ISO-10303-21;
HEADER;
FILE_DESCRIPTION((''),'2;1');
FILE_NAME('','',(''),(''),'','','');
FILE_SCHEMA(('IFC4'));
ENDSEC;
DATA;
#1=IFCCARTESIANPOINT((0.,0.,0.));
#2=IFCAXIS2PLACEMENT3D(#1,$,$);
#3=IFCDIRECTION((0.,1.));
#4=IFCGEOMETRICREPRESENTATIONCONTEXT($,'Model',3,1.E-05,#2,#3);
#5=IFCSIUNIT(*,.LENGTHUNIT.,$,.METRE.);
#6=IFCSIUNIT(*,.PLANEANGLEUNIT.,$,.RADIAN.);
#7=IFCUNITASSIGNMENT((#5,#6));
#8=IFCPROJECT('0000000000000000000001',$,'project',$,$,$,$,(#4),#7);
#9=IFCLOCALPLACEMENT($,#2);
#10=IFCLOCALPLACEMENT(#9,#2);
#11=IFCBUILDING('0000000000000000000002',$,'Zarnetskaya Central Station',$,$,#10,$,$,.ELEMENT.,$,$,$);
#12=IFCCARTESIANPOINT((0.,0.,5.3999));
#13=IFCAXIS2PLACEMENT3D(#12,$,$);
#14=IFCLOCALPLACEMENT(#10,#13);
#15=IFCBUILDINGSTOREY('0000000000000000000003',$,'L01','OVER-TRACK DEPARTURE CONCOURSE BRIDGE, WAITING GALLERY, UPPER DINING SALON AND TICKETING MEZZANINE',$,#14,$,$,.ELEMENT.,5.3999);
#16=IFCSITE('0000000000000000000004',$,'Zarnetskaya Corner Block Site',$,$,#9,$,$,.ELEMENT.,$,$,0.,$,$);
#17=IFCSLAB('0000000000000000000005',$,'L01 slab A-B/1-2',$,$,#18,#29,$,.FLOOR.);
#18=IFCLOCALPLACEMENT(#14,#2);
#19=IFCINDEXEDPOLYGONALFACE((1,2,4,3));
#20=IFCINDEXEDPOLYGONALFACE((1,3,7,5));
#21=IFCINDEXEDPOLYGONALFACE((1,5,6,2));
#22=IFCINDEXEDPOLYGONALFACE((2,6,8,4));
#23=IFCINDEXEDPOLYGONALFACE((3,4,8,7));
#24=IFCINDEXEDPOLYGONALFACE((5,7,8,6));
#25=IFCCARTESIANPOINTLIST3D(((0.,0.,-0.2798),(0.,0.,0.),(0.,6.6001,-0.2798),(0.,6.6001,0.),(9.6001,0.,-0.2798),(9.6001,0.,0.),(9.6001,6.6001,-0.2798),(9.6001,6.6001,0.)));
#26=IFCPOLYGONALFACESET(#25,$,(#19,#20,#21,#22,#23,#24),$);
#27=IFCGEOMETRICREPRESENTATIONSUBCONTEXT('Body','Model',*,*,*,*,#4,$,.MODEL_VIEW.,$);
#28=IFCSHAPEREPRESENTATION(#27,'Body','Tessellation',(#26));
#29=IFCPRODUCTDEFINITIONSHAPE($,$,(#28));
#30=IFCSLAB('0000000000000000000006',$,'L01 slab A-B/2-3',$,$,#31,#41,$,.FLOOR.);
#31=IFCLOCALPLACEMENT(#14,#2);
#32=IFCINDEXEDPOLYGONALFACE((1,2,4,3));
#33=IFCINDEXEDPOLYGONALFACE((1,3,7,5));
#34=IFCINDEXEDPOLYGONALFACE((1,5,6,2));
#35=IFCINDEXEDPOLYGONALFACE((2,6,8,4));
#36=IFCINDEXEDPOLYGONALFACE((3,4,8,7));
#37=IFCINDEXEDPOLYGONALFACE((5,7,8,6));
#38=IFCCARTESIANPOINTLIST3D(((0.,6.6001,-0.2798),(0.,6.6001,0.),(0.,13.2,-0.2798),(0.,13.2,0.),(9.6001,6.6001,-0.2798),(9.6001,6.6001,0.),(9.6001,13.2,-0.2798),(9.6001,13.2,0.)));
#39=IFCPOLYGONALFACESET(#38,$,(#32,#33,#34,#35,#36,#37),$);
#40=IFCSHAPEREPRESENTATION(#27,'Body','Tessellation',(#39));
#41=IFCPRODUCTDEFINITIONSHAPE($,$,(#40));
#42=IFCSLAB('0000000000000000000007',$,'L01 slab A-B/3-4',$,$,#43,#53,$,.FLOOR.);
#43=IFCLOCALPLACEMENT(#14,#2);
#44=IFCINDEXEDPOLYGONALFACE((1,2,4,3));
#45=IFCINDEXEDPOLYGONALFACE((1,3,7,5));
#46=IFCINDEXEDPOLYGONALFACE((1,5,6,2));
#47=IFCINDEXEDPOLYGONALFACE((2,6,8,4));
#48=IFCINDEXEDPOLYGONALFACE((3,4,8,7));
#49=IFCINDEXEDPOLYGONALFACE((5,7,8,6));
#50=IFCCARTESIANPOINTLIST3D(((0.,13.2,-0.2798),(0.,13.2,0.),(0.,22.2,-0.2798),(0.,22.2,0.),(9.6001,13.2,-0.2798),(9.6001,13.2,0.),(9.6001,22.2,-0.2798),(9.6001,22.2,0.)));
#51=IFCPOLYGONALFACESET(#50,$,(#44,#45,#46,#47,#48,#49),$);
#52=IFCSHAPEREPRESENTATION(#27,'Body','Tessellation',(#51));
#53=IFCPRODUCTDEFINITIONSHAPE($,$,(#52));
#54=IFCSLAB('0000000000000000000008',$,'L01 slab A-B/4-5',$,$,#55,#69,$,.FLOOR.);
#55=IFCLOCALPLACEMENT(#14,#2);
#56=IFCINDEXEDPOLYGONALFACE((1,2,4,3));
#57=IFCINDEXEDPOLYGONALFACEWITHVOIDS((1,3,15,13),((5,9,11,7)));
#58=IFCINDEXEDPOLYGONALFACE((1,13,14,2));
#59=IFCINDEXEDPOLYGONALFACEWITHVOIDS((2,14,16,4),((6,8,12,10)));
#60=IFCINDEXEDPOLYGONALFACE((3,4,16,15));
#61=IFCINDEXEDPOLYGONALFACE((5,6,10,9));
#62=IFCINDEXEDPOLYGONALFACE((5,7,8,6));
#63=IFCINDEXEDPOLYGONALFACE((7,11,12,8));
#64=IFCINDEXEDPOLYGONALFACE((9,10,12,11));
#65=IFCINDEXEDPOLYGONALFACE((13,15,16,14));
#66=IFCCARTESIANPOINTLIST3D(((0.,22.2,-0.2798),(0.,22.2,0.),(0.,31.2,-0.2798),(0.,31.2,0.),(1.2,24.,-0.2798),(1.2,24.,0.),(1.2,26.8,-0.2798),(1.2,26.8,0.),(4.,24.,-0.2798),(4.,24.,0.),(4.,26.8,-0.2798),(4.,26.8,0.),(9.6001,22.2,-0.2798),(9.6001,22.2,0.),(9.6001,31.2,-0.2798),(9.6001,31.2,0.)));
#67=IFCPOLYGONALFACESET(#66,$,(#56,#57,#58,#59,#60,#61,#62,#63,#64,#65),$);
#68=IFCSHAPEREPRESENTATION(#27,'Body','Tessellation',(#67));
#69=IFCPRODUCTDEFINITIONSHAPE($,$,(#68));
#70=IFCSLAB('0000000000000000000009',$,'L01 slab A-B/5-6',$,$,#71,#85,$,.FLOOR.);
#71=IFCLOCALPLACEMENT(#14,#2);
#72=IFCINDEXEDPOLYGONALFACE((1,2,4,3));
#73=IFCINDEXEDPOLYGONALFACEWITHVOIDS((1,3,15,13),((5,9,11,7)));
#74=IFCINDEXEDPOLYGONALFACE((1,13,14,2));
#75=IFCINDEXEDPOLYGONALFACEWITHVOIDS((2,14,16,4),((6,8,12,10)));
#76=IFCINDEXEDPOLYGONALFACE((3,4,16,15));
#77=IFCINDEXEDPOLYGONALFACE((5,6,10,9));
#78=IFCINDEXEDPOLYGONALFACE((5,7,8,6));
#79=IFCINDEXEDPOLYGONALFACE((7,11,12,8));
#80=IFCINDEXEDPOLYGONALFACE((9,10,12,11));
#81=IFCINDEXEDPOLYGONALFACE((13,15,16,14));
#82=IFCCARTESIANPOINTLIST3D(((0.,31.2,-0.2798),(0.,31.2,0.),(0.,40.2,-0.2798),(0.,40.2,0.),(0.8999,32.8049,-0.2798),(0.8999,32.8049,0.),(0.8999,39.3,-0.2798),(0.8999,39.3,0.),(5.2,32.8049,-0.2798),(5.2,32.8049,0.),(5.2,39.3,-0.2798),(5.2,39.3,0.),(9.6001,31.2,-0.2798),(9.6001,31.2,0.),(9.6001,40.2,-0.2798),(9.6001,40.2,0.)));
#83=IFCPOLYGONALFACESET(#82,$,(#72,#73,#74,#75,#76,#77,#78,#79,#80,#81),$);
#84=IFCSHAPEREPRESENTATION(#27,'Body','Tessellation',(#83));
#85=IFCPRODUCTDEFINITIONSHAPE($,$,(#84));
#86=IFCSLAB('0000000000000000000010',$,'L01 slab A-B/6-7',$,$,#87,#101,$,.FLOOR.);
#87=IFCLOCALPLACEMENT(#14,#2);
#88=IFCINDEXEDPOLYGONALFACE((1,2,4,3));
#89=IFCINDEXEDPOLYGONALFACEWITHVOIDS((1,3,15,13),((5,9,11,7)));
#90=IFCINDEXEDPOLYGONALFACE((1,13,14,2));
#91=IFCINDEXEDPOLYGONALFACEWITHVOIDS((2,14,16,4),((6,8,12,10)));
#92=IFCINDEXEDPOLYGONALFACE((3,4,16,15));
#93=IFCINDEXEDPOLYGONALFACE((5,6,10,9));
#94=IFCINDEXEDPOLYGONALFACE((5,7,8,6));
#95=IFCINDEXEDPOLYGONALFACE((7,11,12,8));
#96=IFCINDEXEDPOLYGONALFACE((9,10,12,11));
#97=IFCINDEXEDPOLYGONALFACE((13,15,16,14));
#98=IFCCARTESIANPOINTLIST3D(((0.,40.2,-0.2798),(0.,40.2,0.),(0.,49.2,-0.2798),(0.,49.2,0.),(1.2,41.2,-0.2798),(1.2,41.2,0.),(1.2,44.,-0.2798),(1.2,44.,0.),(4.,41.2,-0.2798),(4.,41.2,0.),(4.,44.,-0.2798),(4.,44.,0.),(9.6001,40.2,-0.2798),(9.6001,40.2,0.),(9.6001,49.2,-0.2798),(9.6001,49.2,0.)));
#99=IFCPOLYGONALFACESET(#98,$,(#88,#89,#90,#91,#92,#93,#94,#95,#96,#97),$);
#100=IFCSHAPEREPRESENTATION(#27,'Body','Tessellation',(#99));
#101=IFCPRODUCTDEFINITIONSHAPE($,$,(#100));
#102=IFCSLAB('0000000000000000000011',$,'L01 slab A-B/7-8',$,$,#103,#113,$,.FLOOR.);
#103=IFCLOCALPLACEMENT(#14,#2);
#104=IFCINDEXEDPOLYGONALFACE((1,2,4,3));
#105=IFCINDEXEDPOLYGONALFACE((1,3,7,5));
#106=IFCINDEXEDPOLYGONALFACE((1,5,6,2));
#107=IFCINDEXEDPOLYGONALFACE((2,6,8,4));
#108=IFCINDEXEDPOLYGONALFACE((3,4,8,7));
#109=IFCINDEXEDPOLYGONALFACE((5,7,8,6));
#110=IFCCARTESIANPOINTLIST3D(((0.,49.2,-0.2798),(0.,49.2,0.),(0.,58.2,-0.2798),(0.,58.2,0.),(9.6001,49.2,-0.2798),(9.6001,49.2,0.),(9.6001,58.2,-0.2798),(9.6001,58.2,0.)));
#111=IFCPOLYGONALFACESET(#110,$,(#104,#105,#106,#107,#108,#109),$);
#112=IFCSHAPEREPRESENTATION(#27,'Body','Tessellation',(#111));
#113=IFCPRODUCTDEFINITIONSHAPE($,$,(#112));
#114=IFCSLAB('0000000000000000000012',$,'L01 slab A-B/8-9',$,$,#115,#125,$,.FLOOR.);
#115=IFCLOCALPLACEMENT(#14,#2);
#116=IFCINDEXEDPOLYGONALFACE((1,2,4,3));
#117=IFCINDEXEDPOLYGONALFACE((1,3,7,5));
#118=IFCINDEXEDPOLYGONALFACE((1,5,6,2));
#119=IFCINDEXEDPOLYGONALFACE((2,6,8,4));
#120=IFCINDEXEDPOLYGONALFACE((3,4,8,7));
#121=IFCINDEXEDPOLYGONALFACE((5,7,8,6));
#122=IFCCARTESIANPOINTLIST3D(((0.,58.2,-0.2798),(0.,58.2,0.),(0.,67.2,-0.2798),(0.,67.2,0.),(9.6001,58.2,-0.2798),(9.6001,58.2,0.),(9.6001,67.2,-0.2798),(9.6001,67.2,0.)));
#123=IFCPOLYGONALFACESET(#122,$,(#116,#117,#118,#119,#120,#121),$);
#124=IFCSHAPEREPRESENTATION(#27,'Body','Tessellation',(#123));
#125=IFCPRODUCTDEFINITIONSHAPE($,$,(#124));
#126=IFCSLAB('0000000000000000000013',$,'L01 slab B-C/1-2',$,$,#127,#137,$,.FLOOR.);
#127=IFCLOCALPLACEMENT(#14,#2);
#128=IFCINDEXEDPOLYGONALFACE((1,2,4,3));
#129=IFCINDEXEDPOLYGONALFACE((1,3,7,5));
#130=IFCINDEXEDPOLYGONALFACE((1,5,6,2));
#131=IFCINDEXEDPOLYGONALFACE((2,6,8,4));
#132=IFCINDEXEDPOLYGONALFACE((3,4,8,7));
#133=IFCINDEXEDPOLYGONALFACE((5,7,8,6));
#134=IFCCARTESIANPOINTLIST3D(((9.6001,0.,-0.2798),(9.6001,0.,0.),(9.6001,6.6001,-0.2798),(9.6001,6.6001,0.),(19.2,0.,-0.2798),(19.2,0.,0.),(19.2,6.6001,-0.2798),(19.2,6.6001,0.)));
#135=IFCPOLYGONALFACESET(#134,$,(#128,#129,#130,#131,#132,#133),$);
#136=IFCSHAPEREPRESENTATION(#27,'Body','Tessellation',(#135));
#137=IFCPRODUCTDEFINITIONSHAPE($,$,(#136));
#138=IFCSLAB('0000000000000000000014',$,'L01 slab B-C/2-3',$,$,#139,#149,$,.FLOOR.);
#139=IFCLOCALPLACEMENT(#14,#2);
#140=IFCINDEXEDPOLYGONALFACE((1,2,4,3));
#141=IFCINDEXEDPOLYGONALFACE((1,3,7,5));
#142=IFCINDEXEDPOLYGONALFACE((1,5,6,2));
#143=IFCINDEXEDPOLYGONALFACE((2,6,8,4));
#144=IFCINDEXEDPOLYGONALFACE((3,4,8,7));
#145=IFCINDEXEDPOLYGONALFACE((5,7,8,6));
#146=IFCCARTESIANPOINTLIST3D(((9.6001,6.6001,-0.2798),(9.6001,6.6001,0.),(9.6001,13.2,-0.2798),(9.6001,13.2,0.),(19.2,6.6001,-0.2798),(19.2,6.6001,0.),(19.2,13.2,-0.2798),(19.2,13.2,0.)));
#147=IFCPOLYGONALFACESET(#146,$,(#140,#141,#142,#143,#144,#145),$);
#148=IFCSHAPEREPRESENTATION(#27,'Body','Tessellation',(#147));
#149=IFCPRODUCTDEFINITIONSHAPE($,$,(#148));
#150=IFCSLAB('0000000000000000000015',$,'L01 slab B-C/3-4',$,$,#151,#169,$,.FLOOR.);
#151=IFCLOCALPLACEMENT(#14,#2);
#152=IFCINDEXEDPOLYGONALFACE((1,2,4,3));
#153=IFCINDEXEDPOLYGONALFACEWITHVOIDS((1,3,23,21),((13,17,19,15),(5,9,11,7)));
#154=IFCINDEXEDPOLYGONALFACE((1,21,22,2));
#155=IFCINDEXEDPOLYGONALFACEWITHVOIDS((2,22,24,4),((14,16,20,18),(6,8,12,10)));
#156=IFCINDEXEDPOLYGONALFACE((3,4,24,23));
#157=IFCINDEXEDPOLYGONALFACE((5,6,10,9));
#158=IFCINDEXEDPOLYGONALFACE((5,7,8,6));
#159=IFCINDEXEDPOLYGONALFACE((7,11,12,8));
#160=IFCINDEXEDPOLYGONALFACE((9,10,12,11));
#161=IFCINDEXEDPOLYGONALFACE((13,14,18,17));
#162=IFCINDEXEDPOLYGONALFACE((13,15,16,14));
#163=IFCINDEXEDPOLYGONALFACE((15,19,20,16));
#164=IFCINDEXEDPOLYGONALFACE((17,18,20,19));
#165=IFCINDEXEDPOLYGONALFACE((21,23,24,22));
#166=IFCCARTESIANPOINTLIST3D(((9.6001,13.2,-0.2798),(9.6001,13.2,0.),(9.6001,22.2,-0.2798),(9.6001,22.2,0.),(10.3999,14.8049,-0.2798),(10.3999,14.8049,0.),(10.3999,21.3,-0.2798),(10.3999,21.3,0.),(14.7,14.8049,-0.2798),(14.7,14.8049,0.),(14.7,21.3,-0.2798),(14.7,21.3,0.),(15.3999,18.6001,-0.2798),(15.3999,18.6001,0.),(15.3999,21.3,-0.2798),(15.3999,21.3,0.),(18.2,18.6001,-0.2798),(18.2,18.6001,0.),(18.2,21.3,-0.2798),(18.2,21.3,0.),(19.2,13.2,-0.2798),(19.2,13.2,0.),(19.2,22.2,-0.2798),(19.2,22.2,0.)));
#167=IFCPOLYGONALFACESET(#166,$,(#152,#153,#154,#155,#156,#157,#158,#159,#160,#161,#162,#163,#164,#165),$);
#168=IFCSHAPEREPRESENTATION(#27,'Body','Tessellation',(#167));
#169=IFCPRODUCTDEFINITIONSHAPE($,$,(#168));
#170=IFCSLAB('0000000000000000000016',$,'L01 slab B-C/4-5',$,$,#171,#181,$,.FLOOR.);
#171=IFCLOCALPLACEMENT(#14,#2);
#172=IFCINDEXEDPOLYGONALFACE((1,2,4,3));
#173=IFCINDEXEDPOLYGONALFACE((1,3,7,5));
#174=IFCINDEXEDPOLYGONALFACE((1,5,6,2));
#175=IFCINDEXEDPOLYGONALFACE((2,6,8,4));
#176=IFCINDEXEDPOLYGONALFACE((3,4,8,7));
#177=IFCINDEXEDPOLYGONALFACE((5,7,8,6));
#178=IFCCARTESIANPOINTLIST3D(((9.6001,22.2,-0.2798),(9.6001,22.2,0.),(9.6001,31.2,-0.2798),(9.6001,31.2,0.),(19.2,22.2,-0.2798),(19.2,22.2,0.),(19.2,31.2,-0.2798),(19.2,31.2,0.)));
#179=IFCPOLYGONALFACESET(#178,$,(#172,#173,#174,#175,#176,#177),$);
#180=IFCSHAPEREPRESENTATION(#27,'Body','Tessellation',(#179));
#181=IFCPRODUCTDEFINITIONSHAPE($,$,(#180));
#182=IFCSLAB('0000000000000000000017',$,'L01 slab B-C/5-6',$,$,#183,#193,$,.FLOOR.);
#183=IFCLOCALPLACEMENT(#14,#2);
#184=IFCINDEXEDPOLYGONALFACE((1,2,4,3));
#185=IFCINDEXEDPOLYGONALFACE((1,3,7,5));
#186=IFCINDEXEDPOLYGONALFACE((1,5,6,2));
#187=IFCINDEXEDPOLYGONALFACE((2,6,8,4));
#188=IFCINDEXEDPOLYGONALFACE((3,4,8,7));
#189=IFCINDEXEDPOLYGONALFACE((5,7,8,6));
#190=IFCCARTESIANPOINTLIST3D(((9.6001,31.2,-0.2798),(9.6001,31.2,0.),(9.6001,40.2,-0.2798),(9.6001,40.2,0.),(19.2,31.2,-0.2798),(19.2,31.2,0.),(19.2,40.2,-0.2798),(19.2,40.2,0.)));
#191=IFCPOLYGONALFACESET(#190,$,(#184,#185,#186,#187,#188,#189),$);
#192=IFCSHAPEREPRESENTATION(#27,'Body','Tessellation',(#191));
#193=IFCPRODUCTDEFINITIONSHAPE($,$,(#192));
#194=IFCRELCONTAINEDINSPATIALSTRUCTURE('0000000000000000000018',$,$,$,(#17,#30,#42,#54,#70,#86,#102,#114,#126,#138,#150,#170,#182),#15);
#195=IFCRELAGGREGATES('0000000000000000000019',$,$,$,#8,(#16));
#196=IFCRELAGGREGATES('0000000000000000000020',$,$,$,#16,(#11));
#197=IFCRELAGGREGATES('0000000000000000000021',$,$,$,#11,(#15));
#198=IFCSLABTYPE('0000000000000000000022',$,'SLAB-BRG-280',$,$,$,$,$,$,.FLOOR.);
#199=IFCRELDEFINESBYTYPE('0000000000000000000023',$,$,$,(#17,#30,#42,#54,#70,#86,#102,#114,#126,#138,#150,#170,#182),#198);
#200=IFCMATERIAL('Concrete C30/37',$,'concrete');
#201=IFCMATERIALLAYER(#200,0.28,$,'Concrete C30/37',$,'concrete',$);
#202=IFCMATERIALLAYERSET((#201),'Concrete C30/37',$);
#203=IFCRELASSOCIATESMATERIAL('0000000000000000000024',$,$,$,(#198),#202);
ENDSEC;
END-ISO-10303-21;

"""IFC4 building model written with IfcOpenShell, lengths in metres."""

from ifc_helpers import new_model, si_unit, direction, frame, origin, place, context, subcontext, project, spatial, polyline, outline, extrude, material, layer, layer_set, type_object, element, save


model = new_model("IFC4")

# Units and contexts
model_context = context("Model", 3, precision=1e-05, world=origin(), true_north=direction((0.0, 1.0)))
body_context = subcontext(model_context, "Body", "Model", "MODEL_VIEW")
ifc_project = project(units=[si_unit("LENGTHUNIT", "METRE"), si_unit("PLANEANGLEUNIT", "RADIAN")], contexts=[model_context])

# Site, building, storey
site_placement = place(None, origin())
site = spatial("IfcSite", under=ifc_project, at=site_placement, Name="Zarnetskaya Corner Block Site", CompositionType="ELEMENT", RefElevation=0.0)
building_placement = place(site_placement, origin())
building = spatial("IfcBuilding", under=site, at=building_placement, Name="Zarnetskaya Central Station", CompositionType="ELEMENT")
storey_placement = place(building_placement, frame((0.0, 0.0, 5.3999)))
storey = spatial("IfcBuildingStorey", under=building, at=storey_placement, Name="L01", Description="OVER-TRACK DEPARTURE CONCOURSE BRIDGE, WAITING GALLERY, UPPER DINING SALON AND TICKETING MEZZANINE", CompositionType="ELEMENT", Elevation=5.3999)

# Slabs
ifc_material = material(Name="Concrete C30/37", Category="concrete")
ifc_layer = layer(ifc_material, 0.28, Name="Concrete C30/37", Category="concrete")
ifc_layer_set = layer_set([ifc_layer], Name="Concrete C30/37")
slab_type = type_object("IfcSlabType", Name="SLAB-BRG-280", PredefinedType="FLOOR", material=ifc_layer_set)
slab_1_placement = place(storey_placement, frame((0.0, 0.0, -0.2798)))
element("IfcSlab", 1, at=slab_1_placement, inside=storey, type_object=slab_type, Name="L01 slab A-B/1-2", PredefinedType="FLOOR", context=body_context, shape_type="SweptSolid", body=[
    extrude(outline(polyline([(0.0, 0.0), (9.6001, 0.0), (9.6001, 6.6001), (0.0, 6.6001), (0.0, 0.0)])), origin(), (0.0, 0.0, 1.0), 0.2798),
])
slab_2_placement = place(storey_placement, frame((0.0, 0.0, -0.2798)))
element("IfcSlab", 2, at=slab_2_placement, inside=storey, type_object=slab_type, Name="L01 slab A-B/2-3", PredefinedType="FLOOR", context=body_context, shape_type="SweptSolid", body=[
    extrude(outline(polyline([(0.0, 6.6001), (9.6001, 6.6001), (9.6001, 13.2), (0.0, 13.2), (0.0, 6.6001)])), origin(), (0.0, 0.0, 1.0), 0.2798),
])
slab_3_placement = place(storey_placement, frame((0.0, 0.0, -0.2798)))
element("IfcSlab", 3, at=slab_3_placement, inside=storey, type_object=slab_type, Name="L01 slab A-B/3-4", PredefinedType="FLOOR", context=body_context, shape_type="SweptSolid", body=[
    extrude(outline(polyline([(0.0, 13.2), (9.6001, 13.2), (9.6001, 22.2), (0.0, 22.2), (0.0, 13.2)])), origin(), (0.0, 0.0, 1.0), 0.2798),
])
slab_4_placement = place(storey_placement, frame((0.0, 0.0, -0.2798)))
element("IfcSlab", 4, at=slab_4_placement, inside=storey, type_object=slab_type, Name="L01 slab A-B/4-5", PredefinedType="FLOOR", context=body_context, shape_type="SweptSolid", body=[
    extrude(outline(polyline([(0.0, 22.2), (9.6001, 22.2), (9.6001, 31.2), (0.0, 31.2), (0.0, 22.2)]), holes=[polyline([(1.2, 24.0), (4.0, 24.0), (4.0, 26.8), (1.2, 26.8), (1.2, 24.0)])]), origin(), (0.0, 0.0, 1.0), 0.2798),
])
slab_5_placement = place(storey_placement, frame((0.0, 0.0, -0.2798)))
element("IfcSlab", 5, at=slab_5_placement, inside=storey, type_object=slab_type, Name="L01 slab A-B/5-6", PredefinedType="FLOOR", context=body_context, shape_type="SweptSolid", body=[
    extrude(outline(polyline([(0.0, 31.2), (9.6001, 31.2), (9.6001, 40.2), (0.0, 40.2), (0.0, 31.2)]), holes=[polyline([(0.8999, 32.8049), (5.2, 32.8049), (5.2, 39.3), (0.8999, 39.3), (0.8999, 32.8049)])]), origin(), (0.0, 0.0, 1.0), 0.2798),
])
slab_6_placement = place(storey_placement, frame((0.0, 0.0, -0.2798)))
element("IfcSlab", 6, at=slab_6_placement, inside=storey, type_object=slab_type, Name="L01 slab A-B/6-7", PredefinedType="FLOOR", context=body_context, shape_type="SweptSolid", body=[
    extrude(outline(polyline([(0.0, 40.2), (9.6001, 40.2), (9.6001, 49.2), (0.0, 49.2), (0.0, 40.2)]), holes=[polyline([(1.2, 41.2), (4.0, 41.2), (4.0, 44.0), (1.2, 44.0), (1.2, 41.2)])]), origin(), (0.0, 0.0, 1.0), 0.2798),
])
slab_7_placement = place(storey_placement, frame((0.0, 0.0, -0.2798)))
element("IfcSlab", 7, at=slab_7_placement, inside=storey, type_object=slab_type, Name="L01 slab A-B/7-8", PredefinedType="FLOOR", context=body_context, shape_type="SweptSolid", body=[
    extrude(outline(polyline([(0.0, 49.2), (9.6001, 49.2), (9.6001, 58.2), (0.0, 58.2), (0.0, 49.2)])), origin(), (0.0, 0.0, 1.0), 0.2798),
])
slab_8_placement = place(storey_placement, frame((0.0, 0.0, -0.2798)))
element("IfcSlab", 8, at=slab_8_placement, inside=storey, type_object=slab_type, Name="L01 slab A-B/8-9", PredefinedType="FLOOR", context=body_context, shape_type="SweptSolid", body=[
    extrude(outline(polyline([(0.0, 58.2), (9.6001, 58.2), (9.6001, 67.2), (0.0, 67.2), (0.0, 58.2)])), origin(), (0.0, 0.0, 1.0), 0.2798),
])
slab_9_placement = place(storey_placement, frame((0.0, 0.0, -0.2798)))
element("IfcSlab", 9, at=slab_9_placement, inside=storey, type_object=slab_type, Name="L01 slab B-C/1-2", PredefinedType="FLOOR", context=body_context, shape_type="SweptSolid", body=[
    extrude(outline(polyline([(9.6001, 0.0), (19.2, 0.0), (19.2, 6.6001), (9.6001, 6.6001), (9.6001, 0.0)])), origin(), (0.0, 0.0, 1.0), 0.2798),
])
slab_10_placement = place(storey_placement, frame((0.0, 0.0, -0.2798)))
element("IfcSlab", 10, at=slab_10_placement, inside=storey, type_object=slab_type, Name="L01 slab B-C/2-3", PredefinedType="FLOOR", context=body_context, shape_type="SweptSolid", body=[
    extrude(outline(polyline([(9.6001, 6.6001), (19.2, 6.6001), (19.2, 13.2), (9.6001, 13.2), (9.6001, 6.6001)])), origin(), (0.0, 0.0, 1.0), 0.2798),
])
slab_11_placement = place(storey_placement, frame((0.0, 0.0, -0.2798)))
element("IfcSlab", 11, at=slab_11_placement, inside=storey, type_object=slab_type, Name="L01 slab B-C/3-4", PredefinedType="FLOOR", context=body_context, shape_type="SweptSolid", body=[
    extrude(outline(polyline([(9.6001, 13.2), (19.2, 13.2), (19.2, 22.2), (9.6001, 22.2), (9.6001, 13.2)]), holes=[polyline([(10.3999, 14.8049), (14.7, 14.8049), (14.7, 21.3), (10.3999, 21.3), (10.3999, 14.8049)]), polyline([(15.3999, 18.6001), (18.2, 18.6001), (18.2, 21.3), (15.3999, 21.3), (15.3999, 18.6001)])]), origin(), (0.0, 0.0, 1.0), 0.2798),
])
slab_12_placement = place(storey_placement, frame((0.0, 0.0, -0.2798)))
element("IfcSlab", 12, at=slab_12_placement, inside=storey, type_object=slab_type, Name="L01 slab B-C/4-5", PredefinedType="FLOOR", context=body_context, shape_type="SweptSolid", body=[
    extrude(outline(polyline([(9.6001, 22.2), (19.2, 22.2), (19.2, 31.2), (9.6001, 31.2), (9.6001, 22.2)])), origin(), (0.0, 0.0, 1.0), 0.2798),
])
slab_13_placement = place(storey_placement, frame((0.0, 0.0, -0.2798)))
element("IfcSlab", 13, at=slab_13_placement, inside=storey, type_object=slab_type, Name="L01 slab B-C/5-6", PredefinedType="FLOOR", context=body_context, shape_type="SweptSolid", body=[
    extrude(outline(polyline([(9.6001, 31.2), (19.2, 31.2), (19.2, 40.2), (9.6001, 40.2), (9.6001, 31.2)])), origin(), (0.0, 0.0, 1.0), 0.2798),
])

save(model, "model.ifc")
